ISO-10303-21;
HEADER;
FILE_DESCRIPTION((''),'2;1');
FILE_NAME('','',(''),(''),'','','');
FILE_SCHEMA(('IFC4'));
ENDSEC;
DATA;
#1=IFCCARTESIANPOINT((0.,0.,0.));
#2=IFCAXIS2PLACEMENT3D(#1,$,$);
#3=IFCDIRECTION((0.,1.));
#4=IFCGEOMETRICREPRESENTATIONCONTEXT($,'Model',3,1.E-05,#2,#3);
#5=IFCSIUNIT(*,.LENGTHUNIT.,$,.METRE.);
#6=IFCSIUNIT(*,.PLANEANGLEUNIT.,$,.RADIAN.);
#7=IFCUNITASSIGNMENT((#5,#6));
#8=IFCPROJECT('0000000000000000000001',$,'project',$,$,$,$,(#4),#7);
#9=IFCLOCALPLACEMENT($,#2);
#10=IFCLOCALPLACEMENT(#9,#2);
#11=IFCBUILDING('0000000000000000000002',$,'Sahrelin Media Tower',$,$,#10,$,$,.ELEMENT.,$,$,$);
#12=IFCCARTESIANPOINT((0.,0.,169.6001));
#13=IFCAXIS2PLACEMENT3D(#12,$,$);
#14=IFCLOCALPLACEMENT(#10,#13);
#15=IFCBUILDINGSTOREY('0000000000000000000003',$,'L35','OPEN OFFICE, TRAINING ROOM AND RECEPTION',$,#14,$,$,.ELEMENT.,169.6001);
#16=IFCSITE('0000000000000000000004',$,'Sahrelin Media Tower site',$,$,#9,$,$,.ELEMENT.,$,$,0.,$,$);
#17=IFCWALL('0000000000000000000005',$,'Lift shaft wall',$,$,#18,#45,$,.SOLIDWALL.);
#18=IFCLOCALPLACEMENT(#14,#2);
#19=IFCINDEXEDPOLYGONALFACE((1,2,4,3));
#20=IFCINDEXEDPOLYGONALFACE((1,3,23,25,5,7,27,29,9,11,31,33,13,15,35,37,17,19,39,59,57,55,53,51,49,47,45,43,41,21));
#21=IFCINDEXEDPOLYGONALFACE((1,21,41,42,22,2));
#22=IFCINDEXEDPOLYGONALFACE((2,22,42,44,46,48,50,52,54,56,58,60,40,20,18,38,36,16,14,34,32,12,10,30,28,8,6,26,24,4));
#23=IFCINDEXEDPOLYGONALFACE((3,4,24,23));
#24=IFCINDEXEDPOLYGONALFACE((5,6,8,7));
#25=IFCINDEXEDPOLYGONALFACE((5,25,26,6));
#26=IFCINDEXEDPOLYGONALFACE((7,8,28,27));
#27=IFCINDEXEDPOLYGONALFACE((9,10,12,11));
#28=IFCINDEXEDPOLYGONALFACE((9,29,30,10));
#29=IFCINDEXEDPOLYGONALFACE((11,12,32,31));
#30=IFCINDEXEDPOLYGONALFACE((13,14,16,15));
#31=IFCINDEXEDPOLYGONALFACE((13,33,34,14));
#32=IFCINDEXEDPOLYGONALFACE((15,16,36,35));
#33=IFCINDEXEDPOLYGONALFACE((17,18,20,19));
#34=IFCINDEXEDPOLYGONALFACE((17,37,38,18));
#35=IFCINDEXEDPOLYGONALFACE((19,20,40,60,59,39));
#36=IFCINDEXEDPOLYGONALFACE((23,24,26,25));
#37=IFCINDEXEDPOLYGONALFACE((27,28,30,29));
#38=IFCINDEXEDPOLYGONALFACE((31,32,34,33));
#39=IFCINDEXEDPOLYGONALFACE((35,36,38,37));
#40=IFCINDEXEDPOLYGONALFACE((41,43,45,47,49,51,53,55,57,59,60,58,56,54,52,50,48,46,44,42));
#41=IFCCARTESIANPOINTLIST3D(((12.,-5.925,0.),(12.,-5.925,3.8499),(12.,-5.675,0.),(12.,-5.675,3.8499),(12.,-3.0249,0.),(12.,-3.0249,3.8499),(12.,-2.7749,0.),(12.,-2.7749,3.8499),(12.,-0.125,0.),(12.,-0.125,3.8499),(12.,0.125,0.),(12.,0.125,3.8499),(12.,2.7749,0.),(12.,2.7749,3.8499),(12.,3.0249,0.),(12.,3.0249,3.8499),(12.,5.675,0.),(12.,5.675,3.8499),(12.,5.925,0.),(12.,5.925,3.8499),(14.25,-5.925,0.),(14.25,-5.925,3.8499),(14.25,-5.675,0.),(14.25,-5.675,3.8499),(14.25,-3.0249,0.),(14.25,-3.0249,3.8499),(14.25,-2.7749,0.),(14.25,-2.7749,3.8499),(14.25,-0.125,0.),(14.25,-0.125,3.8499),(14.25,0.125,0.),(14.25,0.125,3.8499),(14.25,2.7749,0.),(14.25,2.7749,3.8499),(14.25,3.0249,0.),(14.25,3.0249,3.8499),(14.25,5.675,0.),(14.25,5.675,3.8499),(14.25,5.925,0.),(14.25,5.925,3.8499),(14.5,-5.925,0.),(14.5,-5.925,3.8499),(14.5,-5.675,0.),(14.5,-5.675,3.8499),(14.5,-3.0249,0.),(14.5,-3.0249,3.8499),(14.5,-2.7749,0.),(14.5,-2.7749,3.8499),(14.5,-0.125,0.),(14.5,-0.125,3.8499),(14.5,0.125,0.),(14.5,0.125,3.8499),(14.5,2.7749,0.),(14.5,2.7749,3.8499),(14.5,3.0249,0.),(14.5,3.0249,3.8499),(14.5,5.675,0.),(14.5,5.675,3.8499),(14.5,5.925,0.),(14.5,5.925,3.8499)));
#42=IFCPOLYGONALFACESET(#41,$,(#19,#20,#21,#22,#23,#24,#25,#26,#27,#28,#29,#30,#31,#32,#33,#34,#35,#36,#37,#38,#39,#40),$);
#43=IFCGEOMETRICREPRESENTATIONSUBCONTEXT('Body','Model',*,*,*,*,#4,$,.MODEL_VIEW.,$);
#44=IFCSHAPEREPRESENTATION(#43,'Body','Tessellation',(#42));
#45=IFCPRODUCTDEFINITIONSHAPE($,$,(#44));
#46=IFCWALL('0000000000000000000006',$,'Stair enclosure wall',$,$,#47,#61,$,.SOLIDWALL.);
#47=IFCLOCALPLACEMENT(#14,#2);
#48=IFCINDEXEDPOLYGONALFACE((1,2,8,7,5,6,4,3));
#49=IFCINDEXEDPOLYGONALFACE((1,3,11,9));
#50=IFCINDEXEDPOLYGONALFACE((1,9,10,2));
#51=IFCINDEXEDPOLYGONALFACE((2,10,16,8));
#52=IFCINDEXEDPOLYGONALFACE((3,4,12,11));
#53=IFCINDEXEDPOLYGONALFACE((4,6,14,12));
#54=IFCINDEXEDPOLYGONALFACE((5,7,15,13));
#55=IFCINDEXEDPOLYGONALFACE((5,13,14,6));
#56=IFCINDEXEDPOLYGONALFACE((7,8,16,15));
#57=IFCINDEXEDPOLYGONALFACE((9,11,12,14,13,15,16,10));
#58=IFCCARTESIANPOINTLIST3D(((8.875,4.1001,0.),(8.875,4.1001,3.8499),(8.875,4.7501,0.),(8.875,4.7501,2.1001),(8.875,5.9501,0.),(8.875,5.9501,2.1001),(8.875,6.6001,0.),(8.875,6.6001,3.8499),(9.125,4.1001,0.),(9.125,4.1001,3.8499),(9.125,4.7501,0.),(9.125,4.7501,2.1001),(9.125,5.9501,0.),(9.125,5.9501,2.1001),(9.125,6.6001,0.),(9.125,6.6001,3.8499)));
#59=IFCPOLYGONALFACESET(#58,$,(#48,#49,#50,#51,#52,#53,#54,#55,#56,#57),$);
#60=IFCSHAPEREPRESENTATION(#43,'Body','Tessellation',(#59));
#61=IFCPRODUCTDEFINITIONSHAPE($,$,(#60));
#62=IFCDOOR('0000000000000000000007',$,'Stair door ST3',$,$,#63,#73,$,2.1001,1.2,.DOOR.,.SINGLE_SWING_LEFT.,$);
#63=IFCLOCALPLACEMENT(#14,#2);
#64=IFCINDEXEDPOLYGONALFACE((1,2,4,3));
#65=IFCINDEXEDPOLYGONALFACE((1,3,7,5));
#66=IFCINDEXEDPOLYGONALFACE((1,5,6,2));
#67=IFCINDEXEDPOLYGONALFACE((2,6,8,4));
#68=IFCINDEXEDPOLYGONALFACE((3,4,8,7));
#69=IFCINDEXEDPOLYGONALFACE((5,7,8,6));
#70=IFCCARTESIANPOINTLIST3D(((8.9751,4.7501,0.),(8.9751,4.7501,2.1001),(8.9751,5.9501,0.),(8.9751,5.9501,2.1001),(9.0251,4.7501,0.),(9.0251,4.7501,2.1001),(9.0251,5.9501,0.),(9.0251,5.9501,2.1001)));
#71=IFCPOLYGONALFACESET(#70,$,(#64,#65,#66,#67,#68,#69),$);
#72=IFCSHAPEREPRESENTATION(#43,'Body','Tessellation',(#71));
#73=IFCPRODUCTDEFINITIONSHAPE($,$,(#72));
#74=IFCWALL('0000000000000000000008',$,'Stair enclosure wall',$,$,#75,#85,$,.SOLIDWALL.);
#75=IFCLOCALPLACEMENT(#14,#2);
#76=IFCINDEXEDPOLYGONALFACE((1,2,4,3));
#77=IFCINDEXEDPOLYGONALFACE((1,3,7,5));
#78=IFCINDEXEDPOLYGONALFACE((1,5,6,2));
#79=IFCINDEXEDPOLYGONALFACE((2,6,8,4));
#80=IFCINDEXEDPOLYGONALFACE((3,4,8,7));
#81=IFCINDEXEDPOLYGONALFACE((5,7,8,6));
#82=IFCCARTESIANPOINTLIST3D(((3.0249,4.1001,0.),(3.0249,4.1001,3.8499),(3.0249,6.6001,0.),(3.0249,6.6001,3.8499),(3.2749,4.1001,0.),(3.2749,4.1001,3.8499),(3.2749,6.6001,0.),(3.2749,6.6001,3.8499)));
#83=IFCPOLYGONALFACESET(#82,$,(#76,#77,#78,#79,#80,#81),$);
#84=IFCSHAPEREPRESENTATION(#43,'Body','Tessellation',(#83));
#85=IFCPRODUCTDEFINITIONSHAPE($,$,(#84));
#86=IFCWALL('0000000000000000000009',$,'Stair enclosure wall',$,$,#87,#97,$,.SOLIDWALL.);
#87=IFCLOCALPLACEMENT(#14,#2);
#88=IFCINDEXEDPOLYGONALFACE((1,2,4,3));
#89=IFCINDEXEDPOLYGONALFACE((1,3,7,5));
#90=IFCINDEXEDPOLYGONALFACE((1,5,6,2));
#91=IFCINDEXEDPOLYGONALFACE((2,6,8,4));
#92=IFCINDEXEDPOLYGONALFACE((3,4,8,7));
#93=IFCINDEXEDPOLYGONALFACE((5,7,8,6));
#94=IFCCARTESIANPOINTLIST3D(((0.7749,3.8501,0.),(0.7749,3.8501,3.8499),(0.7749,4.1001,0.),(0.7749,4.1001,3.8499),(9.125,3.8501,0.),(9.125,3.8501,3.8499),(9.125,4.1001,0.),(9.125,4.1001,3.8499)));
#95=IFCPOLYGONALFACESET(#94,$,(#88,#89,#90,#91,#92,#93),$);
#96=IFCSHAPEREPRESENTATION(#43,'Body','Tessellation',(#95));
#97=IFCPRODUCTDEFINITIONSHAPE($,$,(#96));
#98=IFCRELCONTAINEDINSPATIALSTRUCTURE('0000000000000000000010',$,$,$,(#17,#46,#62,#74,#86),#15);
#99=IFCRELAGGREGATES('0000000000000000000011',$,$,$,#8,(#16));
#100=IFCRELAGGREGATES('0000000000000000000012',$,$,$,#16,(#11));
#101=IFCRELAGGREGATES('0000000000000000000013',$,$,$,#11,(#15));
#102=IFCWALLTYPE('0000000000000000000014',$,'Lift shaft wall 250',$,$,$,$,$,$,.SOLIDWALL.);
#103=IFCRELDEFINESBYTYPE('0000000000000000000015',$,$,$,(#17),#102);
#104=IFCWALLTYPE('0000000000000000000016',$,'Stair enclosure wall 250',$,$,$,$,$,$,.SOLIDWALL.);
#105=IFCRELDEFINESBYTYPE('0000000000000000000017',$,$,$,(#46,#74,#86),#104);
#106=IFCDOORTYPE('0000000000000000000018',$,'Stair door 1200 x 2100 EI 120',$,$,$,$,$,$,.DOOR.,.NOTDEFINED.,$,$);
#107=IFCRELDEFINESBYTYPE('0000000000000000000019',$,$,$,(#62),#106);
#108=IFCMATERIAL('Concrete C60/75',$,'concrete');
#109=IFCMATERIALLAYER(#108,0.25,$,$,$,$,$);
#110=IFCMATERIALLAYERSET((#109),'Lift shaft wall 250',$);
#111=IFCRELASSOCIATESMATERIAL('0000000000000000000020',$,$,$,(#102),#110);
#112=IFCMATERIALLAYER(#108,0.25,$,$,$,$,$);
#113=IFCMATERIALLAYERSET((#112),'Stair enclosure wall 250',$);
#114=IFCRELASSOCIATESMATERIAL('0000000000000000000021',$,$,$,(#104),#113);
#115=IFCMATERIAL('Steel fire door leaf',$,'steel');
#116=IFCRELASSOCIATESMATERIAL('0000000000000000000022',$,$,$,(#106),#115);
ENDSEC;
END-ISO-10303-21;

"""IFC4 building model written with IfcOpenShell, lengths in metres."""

from ifc_helpers import new_model, si_unit, direction, frame, frame_2d, origin, place, context, subcontext, project, spatial, polyline, rectangle, outline, extrude, material, layer, layer_set, type_object, element, fill, save


model = new_model("IFC4")

# Units and contexts
model_context = context("Model", 3, precision=1e-05, world=origin(), true_north=direction((0.0, 1.0)))
body_context = subcontext(model_context, "Body", "Model", "MODEL_VIEW")
ifc_project = project(units=[si_unit("LENGTHUNIT", "METRE"), si_unit("PLANEANGLEUNIT", "RADIAN")], contexts=[model_context])

# Site, building, storey
site_placement = place(None, origin())
site = spatial("IfcSite", under=ifc_project, at=site_placement, Name="Sahrelin Media Tower site", CompositionType="ELEMENT", RefElevation=0.0)
building_placement = place(site_placement, origin())
building = spatial("IfcBuilding", under=site, at=building_placement, Name="Sahrelin Media Tower", CompositionType="ELEMENT")
storey_placement = place(building_placement, frame((0.0, 0.0, 169.6001)))
storey = spatial("IfcBuildingStorey", under=building, at=storey_placement, Name="L35", Description="OPEN OFFICE, TRAINING ROOM AND RECEPTION", CompositionType="ELEMENT", Elevation=169.6001)

# Shared definitions
ifc_material_1 = material(Name="Steel fire door leaf", Category="steel")

# Wall
ifc_material_2 = material(Name="Concrete C60/75", Category="concrete")
ifc_layer_1 = layer(ifc_material_2, 0.25)
ifc_layer_set_1 = layer_set([ifc_layer_1], Name="Lift shaft wall 250")
wall_type_1 = type_object("IfcWallType", Name="Lift shaft wall 250", PredefinedType="SOLIDWALL", material=ifc_layer_set_1)
placement = place(storey_placement, origin())
element("IfcWall", 1, at=placement, inside=storey, type_object=wall_type_1, Name="Lift shaft wall", PredefinedType="SOLIDWALL", context=body_context, shape_type="SweptSolid", body=[
    extrude(outline(polyline([(12.0, -5.675), (12.0, -5.925), (14.25, -5.925), (14.5, -5.925), (14.5, -5.675), (14.5, -3.0249), (14.5, -2.7749), (14.5, -0.125), (14.5, 0.125), (14.5, 2.7749), (14.5, 3.0249), (14.5, 5.675), (14.5, 5.925), (14.25, 5.925), (12.0, 5.925), (12.0, 5.675), (14.25, 5.675), (14.25, 3.0249), (12.0, 3.0249), (12.0, 2.7749), (14.25, 2.7749), (14.25, 0.125), (12.0, 0.125), (12.0, -0.125), (14.25, -0.125), (14.25, -2.7749), (12.0, -2.7749), (12.0, -3.0249), (14.25, -3.0249), (14.25, -5.675), (12.0, -5.675)])), origin(), (0.0, 0.0, 1.0), 3.8499),
])

# Wall, opening, door
ifc_layer_2 = layer(ifc_material_2, 0.25)
ifc_layer_set_2 = layer_set([ifc_layer_2], Name="Stair enclosure wall 250")
wall_type_2 = type_object("IfcWallType", Name="Stair enclosure wall 250", PredefinedType="SOLIDWALL", material=ifc_layer_set_2)
wall_1_placement = place(storey_placement, frame((9.0, 4.1001, 0.0), z_axis=(0.0, 0.0, 1.0), x_axis=(0.0, 1.0, 0.0)))
wall_1 = element("IfcWall", 2, at=wall_1_placement, inside=storey, type_object=wall_type_2, Name="Stair enclosure wall", PredefinedType="SOLIDWALL", context=body_context, shape_type="SweptSolid", body=[
    extrude(rectangle(XDim=2.5, YDim=0.25, at=frame_2d((1.25, 0.0))), origin(), (0.0, 0.0, 1.0), 3.8499),
])
opening_1_placement = place(wall_1_placement, frame((0.6499, 0.0, 0.0)))
opening_1 = element("IfcOpeningElement", 3, at=opening_1_placement, cuts=wall_1, PredefinedType="OPENING", context=body_context, shape_type="SweptSolid", body=[
    extrude(rectangle(XDim=1.2, YDim=2.1001, at=frame_2d((0.6001, 1.05))), frame((0.0, 0.125, 0.0), z_axis=(0.0, -1.0, 0.0), x_axis=(1.0, 0.0, 0.0)), (0.0, 0.0, 1.0), 0.25),
])
door_type_1 = type_object("IfcDoorType", Name="Stair door 1200 x 2100 EI 120", OperationType="NOTDEFINED", PredefinedType="DOOR", material=ifc_material_1)
door_1_placement = place(opening_1_placement, origin())
door_1 = element("IfcDoor", 4, at=door_1_placement, inside=storey, type_object=door_type_1, Name="Stair door ST3", OperationType="SINGLE_SWING_LEFT", OverallHeight=2.1001, OverallWidth=1.2, PredefinedType="DOOR", context=body_context, shape_type="SweptSolid", body=[
    extrude(rectangle(XDim=1.2, YDim=2.1001, at=frame_2d((0.6001, 1.05))), frame((0.0, 0.0249, 0.0), z_axis=(0.0, -1.0, 0.0), x_axis=(1.0, 0.0, 0.0)), (0.0, 0.0, 1.0), 0.05),
])
fill(opening_1, door_1)

# Walls
wall_2_placement = place(storey_placement, frame((3.1499, 4.1001, 0.0), z_axis=(0.0, 0.0, 1.0), x_axis=(0.0, 1.0, 0.0)))
element("IfcWall", 5, at=wall_2_placement, inside=storey, type_object=wall_type_2, Name="Stair enclosure wall", PredefinedType="SOLIDWALL", context=body_context, shape_type="SweptSolid", body=[
    extrude(rectangle(XDim=2.5, YDim=0.25, at=frame_2d((1.25, 0.0))), origin(), (0.0, 0.0, 1.0), 3.8499),
])
wall_3_placement = place(storey_placement, frame((0.7749, 3.9751, 0.0), z_axis=(0.0, 0.0, 1.0), x_axis=(1.0, 0.0, 0.0)))
element("IfcWall", 6, at=wall_3_placement, inside=storey, type_object=wall_type_2, Name="Stair enclosure wall", PredefinedType="SOLIDWALL", context=body_context, shape_type="SweptSolid", body=[
    extrude(rectangle(XDim=8.3501, YDim=0.25, at=frame_2d((4.175, 0.0))), origin(), (0.0, 0.0, 1.0), 3.8499),
])

save(model, "model.ifc")
